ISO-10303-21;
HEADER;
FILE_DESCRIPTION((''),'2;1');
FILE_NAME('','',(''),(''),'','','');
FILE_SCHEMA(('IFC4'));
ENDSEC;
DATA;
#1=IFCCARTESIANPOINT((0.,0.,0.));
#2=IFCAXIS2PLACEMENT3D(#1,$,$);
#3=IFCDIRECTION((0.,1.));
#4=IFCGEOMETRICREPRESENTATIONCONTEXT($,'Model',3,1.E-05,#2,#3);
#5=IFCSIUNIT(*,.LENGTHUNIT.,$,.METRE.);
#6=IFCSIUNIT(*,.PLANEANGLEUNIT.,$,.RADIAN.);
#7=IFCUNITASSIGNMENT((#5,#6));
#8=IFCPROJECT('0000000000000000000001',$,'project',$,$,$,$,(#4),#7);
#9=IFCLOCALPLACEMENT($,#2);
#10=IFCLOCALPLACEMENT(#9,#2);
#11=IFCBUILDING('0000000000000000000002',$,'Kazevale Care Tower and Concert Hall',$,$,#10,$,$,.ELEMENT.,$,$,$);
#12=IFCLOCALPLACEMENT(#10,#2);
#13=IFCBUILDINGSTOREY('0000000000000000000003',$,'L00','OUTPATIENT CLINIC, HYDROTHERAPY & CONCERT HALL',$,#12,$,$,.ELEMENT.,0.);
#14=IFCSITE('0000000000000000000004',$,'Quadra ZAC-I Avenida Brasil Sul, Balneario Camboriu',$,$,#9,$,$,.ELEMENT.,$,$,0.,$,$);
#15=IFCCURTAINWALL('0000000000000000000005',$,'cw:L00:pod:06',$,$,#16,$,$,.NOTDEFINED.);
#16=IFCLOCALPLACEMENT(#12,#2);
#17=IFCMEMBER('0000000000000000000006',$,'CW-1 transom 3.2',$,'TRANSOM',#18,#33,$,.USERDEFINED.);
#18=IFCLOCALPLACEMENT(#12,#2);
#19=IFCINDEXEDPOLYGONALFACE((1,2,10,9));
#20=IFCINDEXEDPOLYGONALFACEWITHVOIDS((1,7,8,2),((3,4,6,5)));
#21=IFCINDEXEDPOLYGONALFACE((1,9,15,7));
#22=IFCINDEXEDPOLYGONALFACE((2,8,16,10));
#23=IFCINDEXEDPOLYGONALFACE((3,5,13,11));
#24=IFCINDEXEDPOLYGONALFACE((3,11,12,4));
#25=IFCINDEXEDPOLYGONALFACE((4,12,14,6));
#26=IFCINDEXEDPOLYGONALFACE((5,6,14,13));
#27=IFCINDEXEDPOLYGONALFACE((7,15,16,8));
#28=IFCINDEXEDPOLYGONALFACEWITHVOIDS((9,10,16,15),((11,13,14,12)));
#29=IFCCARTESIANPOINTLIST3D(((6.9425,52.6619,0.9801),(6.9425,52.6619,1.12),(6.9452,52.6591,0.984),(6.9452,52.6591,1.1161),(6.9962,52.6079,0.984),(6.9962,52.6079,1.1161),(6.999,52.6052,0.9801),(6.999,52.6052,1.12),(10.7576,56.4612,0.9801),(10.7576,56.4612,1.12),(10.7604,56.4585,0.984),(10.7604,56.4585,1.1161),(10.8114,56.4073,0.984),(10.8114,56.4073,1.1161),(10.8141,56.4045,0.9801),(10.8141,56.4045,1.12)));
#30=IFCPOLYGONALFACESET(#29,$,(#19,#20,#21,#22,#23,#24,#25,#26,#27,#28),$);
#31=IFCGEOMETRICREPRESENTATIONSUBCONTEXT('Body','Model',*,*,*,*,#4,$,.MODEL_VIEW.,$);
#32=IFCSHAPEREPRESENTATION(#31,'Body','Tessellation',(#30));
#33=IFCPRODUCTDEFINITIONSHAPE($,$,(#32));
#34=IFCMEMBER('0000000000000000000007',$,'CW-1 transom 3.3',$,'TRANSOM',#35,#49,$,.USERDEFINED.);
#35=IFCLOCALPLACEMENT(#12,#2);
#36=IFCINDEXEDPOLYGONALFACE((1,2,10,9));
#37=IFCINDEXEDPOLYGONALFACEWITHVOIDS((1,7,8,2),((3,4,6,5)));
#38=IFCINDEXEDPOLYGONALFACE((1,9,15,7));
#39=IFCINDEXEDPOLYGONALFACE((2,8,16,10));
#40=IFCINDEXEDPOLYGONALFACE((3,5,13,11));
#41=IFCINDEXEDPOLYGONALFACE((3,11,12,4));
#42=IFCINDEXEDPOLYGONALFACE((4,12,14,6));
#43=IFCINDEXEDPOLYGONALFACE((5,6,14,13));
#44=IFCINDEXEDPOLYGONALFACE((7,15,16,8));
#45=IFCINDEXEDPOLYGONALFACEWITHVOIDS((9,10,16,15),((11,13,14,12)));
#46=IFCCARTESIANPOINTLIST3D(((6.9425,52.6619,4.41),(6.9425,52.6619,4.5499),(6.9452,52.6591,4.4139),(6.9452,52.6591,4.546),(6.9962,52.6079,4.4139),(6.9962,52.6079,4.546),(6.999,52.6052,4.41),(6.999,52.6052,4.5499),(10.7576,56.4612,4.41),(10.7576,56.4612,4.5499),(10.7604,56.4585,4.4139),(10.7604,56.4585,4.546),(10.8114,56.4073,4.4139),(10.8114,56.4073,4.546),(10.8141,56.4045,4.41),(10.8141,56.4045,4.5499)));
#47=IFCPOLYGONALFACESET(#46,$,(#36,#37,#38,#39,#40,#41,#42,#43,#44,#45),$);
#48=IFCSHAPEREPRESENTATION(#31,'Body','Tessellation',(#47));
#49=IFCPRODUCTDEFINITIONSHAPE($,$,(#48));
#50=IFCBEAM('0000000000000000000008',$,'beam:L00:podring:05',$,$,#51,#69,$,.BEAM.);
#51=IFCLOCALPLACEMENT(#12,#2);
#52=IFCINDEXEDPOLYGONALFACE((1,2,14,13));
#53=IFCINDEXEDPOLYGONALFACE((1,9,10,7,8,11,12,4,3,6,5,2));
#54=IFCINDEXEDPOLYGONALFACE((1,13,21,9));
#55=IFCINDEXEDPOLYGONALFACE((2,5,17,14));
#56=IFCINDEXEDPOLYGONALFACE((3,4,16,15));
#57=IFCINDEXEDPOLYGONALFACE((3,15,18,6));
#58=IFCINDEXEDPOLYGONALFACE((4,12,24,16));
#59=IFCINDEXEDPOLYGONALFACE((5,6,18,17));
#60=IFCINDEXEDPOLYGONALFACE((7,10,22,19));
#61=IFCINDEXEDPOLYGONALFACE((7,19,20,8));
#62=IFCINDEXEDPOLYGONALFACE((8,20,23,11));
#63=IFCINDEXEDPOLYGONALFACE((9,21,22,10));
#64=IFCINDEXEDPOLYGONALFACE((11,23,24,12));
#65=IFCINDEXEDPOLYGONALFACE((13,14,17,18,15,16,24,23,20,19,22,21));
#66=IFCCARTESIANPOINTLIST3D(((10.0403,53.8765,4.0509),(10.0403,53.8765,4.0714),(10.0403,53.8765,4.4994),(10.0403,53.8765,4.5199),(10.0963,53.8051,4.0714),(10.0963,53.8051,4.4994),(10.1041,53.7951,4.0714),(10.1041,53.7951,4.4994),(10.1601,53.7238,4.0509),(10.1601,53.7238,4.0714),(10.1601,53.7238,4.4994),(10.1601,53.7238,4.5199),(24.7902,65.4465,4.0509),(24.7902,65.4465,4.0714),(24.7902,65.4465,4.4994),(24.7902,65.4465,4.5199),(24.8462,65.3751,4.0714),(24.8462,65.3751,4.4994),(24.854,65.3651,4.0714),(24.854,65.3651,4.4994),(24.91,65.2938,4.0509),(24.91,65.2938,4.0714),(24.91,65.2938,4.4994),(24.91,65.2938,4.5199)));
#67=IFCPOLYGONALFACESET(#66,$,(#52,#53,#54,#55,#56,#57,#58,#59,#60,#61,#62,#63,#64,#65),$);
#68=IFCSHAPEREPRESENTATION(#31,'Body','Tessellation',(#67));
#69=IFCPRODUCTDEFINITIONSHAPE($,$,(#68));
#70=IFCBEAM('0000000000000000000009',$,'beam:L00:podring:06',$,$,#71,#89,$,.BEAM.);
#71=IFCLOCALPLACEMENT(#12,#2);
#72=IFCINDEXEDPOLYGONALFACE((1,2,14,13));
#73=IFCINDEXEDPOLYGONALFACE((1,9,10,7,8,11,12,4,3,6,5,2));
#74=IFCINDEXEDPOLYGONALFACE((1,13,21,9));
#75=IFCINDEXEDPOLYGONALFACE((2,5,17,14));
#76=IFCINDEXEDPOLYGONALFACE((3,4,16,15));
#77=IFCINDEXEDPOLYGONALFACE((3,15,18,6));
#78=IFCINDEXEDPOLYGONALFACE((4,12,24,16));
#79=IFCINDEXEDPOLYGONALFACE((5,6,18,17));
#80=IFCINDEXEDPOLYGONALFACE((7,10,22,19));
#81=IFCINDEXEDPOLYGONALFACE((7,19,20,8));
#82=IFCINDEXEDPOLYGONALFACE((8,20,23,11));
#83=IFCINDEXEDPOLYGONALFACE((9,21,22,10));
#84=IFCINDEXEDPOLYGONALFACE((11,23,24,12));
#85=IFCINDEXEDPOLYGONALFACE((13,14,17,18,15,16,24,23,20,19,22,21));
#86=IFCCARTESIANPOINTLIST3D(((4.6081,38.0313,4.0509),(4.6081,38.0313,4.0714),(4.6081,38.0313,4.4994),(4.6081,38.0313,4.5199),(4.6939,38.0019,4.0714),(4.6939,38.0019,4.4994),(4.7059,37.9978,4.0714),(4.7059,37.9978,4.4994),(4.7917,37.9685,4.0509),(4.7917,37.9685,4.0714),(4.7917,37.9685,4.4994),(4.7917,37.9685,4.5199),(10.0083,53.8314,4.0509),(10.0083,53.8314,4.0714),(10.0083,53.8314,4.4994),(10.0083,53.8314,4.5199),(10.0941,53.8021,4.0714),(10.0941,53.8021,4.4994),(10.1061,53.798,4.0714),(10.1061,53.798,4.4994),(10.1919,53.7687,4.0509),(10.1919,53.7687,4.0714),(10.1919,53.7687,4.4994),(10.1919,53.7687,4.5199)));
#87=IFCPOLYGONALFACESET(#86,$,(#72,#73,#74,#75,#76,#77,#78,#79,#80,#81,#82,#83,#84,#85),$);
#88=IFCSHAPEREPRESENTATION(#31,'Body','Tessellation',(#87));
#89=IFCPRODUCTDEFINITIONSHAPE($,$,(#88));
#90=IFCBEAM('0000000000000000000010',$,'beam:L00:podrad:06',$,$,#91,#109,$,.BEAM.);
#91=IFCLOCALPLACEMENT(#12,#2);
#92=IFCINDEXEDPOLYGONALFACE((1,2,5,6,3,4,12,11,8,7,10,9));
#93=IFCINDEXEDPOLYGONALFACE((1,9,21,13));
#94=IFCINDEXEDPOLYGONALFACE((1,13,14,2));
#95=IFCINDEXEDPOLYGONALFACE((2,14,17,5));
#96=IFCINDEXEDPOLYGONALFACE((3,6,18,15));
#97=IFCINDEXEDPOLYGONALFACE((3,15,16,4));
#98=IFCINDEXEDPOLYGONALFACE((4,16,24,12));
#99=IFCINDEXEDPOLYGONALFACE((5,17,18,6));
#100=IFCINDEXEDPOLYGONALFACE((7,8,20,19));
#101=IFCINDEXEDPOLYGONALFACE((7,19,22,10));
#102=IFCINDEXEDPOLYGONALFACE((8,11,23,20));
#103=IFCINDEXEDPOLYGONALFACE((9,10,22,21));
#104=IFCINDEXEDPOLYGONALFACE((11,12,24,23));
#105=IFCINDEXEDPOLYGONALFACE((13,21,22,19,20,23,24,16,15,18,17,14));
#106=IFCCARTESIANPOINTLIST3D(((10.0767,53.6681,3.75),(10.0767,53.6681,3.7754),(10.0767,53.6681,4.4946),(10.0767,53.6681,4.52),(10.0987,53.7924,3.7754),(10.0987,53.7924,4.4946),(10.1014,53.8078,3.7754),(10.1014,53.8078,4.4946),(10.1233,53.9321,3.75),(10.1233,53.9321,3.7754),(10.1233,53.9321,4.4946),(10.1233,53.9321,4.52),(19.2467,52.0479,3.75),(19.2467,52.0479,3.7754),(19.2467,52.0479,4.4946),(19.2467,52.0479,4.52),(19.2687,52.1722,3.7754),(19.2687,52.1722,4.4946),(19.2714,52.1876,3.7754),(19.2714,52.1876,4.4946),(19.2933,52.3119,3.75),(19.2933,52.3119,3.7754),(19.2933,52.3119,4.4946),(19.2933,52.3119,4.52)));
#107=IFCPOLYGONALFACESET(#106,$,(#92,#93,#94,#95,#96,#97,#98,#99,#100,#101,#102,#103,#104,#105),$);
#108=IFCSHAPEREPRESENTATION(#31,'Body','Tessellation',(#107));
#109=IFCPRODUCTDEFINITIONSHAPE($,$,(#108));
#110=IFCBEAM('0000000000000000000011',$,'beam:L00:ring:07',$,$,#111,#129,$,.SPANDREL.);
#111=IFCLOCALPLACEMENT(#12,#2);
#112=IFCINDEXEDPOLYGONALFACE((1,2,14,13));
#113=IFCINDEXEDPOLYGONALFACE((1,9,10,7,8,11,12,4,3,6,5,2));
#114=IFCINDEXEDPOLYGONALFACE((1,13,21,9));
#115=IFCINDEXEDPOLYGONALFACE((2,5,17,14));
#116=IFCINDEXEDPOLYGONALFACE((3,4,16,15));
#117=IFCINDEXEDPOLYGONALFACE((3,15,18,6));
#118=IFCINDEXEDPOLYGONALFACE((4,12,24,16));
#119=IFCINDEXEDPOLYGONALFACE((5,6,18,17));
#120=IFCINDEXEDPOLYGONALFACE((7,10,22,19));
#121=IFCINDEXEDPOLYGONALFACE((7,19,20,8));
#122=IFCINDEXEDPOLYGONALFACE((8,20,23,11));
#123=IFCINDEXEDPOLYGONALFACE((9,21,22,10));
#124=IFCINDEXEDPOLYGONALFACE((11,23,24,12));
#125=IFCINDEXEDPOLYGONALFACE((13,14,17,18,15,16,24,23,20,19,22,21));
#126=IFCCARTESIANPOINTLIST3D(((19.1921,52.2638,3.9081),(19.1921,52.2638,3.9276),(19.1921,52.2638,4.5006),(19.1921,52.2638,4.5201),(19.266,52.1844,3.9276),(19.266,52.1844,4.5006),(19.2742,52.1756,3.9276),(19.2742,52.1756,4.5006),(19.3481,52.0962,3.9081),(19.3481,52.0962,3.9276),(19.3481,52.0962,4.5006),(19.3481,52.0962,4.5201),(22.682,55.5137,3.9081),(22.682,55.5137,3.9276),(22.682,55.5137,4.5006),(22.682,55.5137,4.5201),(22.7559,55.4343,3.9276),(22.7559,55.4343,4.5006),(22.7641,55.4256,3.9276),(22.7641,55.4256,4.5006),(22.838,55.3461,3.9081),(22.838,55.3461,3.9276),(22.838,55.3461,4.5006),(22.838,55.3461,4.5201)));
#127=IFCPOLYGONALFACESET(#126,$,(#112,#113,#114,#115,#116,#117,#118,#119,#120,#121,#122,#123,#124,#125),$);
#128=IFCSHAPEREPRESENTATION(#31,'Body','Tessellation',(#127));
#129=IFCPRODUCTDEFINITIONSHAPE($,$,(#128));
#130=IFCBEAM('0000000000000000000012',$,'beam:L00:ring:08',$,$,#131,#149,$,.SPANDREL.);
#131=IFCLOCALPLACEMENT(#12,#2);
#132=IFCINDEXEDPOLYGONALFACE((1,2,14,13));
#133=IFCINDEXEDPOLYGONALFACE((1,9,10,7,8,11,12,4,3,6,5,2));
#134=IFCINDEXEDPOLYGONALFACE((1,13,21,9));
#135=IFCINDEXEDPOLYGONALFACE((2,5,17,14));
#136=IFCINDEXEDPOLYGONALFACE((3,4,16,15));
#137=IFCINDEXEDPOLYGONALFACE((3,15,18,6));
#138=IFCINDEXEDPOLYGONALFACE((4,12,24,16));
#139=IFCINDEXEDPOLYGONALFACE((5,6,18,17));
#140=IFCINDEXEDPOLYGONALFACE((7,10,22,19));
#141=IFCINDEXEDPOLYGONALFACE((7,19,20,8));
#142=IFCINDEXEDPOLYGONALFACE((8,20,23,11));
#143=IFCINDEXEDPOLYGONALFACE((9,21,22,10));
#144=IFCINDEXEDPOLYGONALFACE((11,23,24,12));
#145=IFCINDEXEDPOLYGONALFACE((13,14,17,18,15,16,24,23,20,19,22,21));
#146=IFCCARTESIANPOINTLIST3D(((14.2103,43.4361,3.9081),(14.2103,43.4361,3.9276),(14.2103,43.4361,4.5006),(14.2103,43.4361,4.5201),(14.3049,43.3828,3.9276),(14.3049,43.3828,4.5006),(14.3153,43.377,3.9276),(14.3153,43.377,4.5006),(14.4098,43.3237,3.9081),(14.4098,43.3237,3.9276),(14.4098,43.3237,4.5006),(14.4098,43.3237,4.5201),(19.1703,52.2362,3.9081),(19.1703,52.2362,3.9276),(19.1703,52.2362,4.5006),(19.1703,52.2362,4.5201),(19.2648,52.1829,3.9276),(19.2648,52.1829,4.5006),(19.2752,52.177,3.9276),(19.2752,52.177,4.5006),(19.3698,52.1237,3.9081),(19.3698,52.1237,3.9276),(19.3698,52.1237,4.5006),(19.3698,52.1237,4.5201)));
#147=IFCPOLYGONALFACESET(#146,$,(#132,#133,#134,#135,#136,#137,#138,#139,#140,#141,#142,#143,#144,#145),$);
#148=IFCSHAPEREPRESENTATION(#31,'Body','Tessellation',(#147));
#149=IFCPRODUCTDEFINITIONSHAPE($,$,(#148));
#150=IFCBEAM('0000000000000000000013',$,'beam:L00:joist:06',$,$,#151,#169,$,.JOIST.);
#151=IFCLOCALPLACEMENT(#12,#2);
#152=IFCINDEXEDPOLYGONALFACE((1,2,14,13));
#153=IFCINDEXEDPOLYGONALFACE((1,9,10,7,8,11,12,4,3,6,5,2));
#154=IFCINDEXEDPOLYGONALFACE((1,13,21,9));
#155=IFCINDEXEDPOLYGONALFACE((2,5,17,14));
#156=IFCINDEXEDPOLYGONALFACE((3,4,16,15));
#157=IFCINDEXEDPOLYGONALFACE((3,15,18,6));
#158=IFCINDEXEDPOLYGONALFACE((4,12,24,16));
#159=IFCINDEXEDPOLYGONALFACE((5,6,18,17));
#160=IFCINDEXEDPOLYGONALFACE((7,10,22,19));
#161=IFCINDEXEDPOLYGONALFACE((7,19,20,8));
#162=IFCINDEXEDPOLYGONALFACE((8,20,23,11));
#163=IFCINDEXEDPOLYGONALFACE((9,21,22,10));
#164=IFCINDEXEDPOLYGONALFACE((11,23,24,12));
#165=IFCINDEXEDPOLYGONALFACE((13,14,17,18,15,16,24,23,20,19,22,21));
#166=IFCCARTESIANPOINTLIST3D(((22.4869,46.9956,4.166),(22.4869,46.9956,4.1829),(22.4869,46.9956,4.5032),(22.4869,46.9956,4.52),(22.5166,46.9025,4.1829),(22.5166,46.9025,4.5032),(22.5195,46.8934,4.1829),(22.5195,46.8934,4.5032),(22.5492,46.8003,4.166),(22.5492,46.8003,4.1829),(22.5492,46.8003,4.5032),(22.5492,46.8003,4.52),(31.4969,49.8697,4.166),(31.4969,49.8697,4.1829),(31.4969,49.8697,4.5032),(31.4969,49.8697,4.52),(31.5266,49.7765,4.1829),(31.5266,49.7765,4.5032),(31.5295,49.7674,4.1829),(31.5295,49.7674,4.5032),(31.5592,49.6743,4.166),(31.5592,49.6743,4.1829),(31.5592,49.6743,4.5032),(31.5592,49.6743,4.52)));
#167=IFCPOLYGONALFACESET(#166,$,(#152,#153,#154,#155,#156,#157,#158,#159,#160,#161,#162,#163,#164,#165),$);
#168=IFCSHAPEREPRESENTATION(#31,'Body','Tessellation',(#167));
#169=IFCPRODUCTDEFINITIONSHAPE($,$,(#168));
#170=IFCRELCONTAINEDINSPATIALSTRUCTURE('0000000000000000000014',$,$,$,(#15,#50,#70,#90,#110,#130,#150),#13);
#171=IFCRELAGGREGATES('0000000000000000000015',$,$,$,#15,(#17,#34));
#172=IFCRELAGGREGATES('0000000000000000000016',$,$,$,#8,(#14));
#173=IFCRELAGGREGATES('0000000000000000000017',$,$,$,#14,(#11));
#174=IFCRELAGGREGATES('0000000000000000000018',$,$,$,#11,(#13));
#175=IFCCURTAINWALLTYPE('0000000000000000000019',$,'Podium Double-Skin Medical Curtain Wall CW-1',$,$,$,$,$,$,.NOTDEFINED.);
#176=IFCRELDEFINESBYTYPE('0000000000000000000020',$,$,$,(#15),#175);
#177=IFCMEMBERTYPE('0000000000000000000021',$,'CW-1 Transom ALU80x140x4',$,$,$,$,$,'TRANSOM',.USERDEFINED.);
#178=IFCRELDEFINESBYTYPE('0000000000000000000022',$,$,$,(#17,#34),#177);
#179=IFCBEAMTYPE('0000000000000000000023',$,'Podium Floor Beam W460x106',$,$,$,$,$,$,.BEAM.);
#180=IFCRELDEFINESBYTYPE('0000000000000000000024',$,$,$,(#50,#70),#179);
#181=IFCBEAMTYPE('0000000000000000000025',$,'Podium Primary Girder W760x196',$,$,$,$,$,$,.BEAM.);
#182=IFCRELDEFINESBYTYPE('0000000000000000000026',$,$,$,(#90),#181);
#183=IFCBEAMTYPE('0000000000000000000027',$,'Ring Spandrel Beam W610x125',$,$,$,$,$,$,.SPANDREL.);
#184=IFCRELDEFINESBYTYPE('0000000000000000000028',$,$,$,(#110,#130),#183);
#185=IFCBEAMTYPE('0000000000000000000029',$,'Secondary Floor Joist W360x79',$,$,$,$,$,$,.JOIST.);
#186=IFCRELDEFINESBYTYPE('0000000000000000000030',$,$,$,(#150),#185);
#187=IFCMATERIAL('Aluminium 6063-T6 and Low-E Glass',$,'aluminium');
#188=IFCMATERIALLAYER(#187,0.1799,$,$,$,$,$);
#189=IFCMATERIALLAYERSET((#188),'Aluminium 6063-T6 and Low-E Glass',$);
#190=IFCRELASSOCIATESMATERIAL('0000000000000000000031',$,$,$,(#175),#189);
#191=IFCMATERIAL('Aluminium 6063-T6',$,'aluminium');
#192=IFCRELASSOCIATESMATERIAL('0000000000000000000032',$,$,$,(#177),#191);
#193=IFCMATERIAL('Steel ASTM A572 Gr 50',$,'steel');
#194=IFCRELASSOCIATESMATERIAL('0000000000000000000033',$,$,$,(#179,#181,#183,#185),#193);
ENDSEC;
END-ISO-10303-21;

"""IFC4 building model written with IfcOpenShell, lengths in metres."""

from ifc_helpers import new_model, si_unit, direction, frame, origin, origin_2d, place, context, subcontext, project, spatial, hollow_rectangle, i_section, extrude, material, layer, layer_set, material_profile, profile_set, type_object, element, aggregate, save


model = new_model("IFC4")

# Units and contexts
model_context = context("Model", 3, precision=1e-05, world=origin(), true_north=direction((0.0, 1.0)))
body_context = subcontext(model_context, "Body", "Model", "MODEL_VIEW")
ifc_project = project(units=[si_unit("LENGTHUNIT", "METRE"), si_unit("PLANEANGLEUNIT", "RADIAN")], contexts=[model_context])

# Site, building, storey
site_placement = place(None, origin())
site = spatial("IfcSite", under=ifc_project, at=site_placement, Name="Quadra ZAC-I Avenida Brasil Sul, Balneario Camboriu", CompositionType="ELEMENT", RefElevation=0.0)
building_placement = place(site_placement, origin())
building = spatial("IfcBuilding", under=site, at=building_placement, Name="Kazevale Care Tower and Concert Hall", CompositionType="ELEMENT")
storey_placement = place(building_placement, origin())
storey = spatial("IfcBuildingStorey", under=building, at=storey_placement, Name="L00", Description="OUTPATIENT CLINIC, HYDROTHERAPY & CONCERT HALL", CompositionType="ELEMENT", Elevation=0.0)

# Curtain wall, members
ifc_material_1 = material(Name="Aluminium 6063-T6 and Low-E Glass", Category="aluminium")
ifc_layer_1 = layer(ifc_material_1, 0.1799)
ifc_layer_set_1 = layer_set([ifc_layer_1], Name="Aluminium 6063-T6 and Low-E Glass")
curtain_wall_type = type_object("IfcCurtainWallType", Name="Podium Double-Skin Medical Curtain Wall CW-1", PredefinedType="NOTDEFINED", material=ifc_layer_set_1)
curtain_wall_placement = place(storey_placement, origin())
curtain_wall = element("IfcCurtainWall", 1, at=curtain_wall_placement, inside=storey, type_object=curtain_wall_type, Name="cw:L00:pod:06", PredefinedType="NOTDEFINED")
ifc_material_2 = material(Name="Aluminium 6063-T6", Category="aluminium")
ifc_material_profile_1 = material_profile(ifc_material_2, hollow_rectangle(XDim=0.0801, YDim=0.1399, WallThickness=0.0039, at=origin_2d()), Name="ALU80x140x4")
ifc_profile_set_1 = profile_set([ifc_material_profile_1], Name="Aluminium 6063-T6")
member_type_1 = type_object("IfcMemberType", Name="CW-1 Transom ALU80x140x4", ElementType="TRANSOM", PredefinedType="USERDEFINED", material=ifc_profile_set_1)
member_1_placement = place(storey_placement, frame((10.7859, 56.4329, 1.05), z_axis=(-0.708579, -0.705632, 0.0), x_axis=(0.705632, -0.708579, 0.0)))
member_1 = element("IfcMember", 2, at=member_1_placement, type_object=member_type_1, Name="CW-1 transom 3.2", ObjectType="TRANSOM", PredefinedType="USERDEFINED", context=body_context, shape_type="SweptSolid", body=[
    extrude(hollow_rectangle(XDim=0.0801, YDim=0.1399, WallThickness=0.0039, at=origin_2d()), origin(), (0.0, 0.0, 1.0), 5.3843),
])
member_2_placement = place(storey_placement, frame((10.7859, 56.4329, 4.48), z_axis=(-0.708579, -0.705632, 0.0), x_axis=(0.705632, -0.708579, 0.0)))
member_2 = element("IfcMember", 3, at=member_2_placement, type_object=member_type_1, Name="CW-1 transom 3.3", ObjectType="TRANSOM", PredefinedType="USERDEFINED", context=body_context, shape_type="SweptSolid", body=[
    extrude(hollow_rectangle(XDim=0.0801, YDim=0.1399, WallThickness=0.0039, at=origin_2d()), origin(), (0.0, 0.0, 1.0), 5.3843),
])

# Beams
ifc_material_3 = material(Name="Steel ASTM A572 Gr 50", Category="steel")
ifc_material_profile_2 = material_profile(ifc_material_3, i_section(OverallWidth=0.1941, OverallDepth=0.469, WebThickness=0.0127, FlangeThickness=0.0205, at=origin_2d()), Name="W460x106")
ifc_profile_set_2 = profile_set([ifc_material_profile_2], Name="Steel ASTM A572 Gr 50")
beam_type_1 = type_object("IfcBeamType", Name="Podium Floor Beam W460x106", PredefinedType="BEAM", material=ifc_profile_set_2)
beam_1_placement = place(storey_placement, frame((24.8501, 65.3701, 4.2854), z_axis=(-0.786816, -0.617188, 0.0), x_axis=(0.617188, -0.786816, 0.0)))
element("IfcBeam", 4, at=beam_1_placement, inside=storey, type_object=beam_type_1, Name="beam:L00:podring:05", PredefinedType="BEAM", context=body_context, shape_type="SweptSolid", body=[
    extrude(i_section(OverallWidth=0.1941, OverallDepth=0.469, WebThickness=0.0127, FlangeThickness=0.0205, at=origin_2d()), origin(), (0.0, 0.0, 1.0), 18.7463),
])
beam_2_placement = place(storey_placement, frame((10.1001, 53.8, 4.2854), z_axis=(-0.323412, -0.946258, 0.0), x_axis=(0.946258, -0.323412, 0.0)))
element("IfcBeam", 5, at=beam_2_placement, inside=storey, type_object=beam_type_1, Name="beam:L00:podring:06", PredefinedType="BEAM", context=body_context, shape_type="SweptSolid", body=[
    extrude(i_section(OverallWidth=0.1941, OverallDepth=0.469, WebThickness=0.0127, FlangeThickness=0.0205, at=origin_2d()), origin(), (0.0, 0.0, 1.0), 16.6975),
])
ifc_material_profile_3 = material_profile(ifc_material_3, i_section(OverallWidth=0.2681, OverallDepth=0.77, WebThickness=0.0156, FlangeThickness=0.0254, at=origin_2d()), Name="W760x196")
ifc_profile_set_3 = profile_set([ifc_material_profile_3], Name="Steel ASTM A572 Gr 50")
beam_type_2 = type_object("IfcBeamType", Name="Podium Primary Girder W760x196", PredefinedType="BEAM", material=ifc_profile_set_3)
beam_3_placement = place(storey_placement, frame((19.27, 52.1799, 4.135), z_axis=(-0.984749, 0.173983, 0.0), x_axis=(-0.173983, -0.984749, 0.0)))
element("IfcBeam", 6, at=beam_3_placement, inside=storey, type_object=beam_type_2, Name="beam:L00:podrad:06", PredefinedType="BEAM", context=body_context, shape_type="SweptSolid", body=[
    extrude(i_section(OverallWidth=0.2681, OverallDepth=0.77, WebThickness=0.0156, FlangeThickness=0.0254, at=origin_2d()), origin(), (0.0, 0.0, 1.0), 9.312),
])
ifc_material_profile_4 = material_profile(ifc_material_3, i_section(OverallWidth=0.229, OverallDepth=0.6121, WebThickness=0.012, FlangeThickness=0.0195, at=origin_2d()), Name="W610x125")
ifc_profile_set_4 = profile_set([ifc_material_profile_4], Name="Steel ASTM A572 Gr 50")
beam_type_3 = type_object("IfcBeamType", Name="Ring Spandrel Beam W610x125", PredefinedType="SPANDREL", material=ifc_profile_set_4)
beam_4_placement = place(storey_placement, frame((22.76, 55.4299, 4.2141), z_axis=(-0.731821, -0.681497, 0.0), x_axis=(0.681497, -0.731821, 0.0)))
element("IfcBeam", 7, at=beam_4_placement, inside=storey, type_object=beam_type_3, Name="beam:L00:ring:07", PredefinedType="SPANDREL", context=body_context, shape_type="SweptSolid", body=[
    extrude(i_section(OverallWidth=0.229, OverallDepth=0.6121, WebThickness=0.012, FlangeThickness=0.0195, at=origin_2d()), origin(), (0.0, 0.0, 1.0), 4.7688),
])
beam_5_placement = place(storey_placement, frame((19.27, 52.1799, 4.2141), z_axis=(-0.491008, -0.871155, 0.0), x_axis=(0.871155, -0.491008, 0.0)))
element("IfcBeam", 8, at=beam_5_placement, inside=storey, type_object=beam_type_3, Name="beam:L00:ring:08", PredefinedType="SPANDREL", context=body_context, shape_type="SweptSolid", body=[
    extrude(i_section(OverallWidth=0.229, OverallDepth=0.6121, WebThickness=0.012, FlangeThickness=0.0195, at=origin_2d()), origin(), (0.0, 0.0, 1.0), 10.1016),
])
ifc_material_profile_5 = material_profile(ifc_material_3, i_section(OverallWidth=0.2051, OverallDepth=0.354, WebThickness=0.0095, FlangeThickness=0.0168, at=origin_2d()), Name="W360x79")
ifc_profile_set_5 = profile_set([ifc_material_profile_5], Name="Steel ASTM A572 Gr 50")
beam_type_4 = type_object("IfcBeamType", Name="Secondary Floor Joist W360x79", PredefinedType="JOIST", material=ifc_profile_set_5)
beam_6_placement = place(storey_placement, frame((31.5281, 49.772, 4.343), z_axis=(-0.952705, -0.303895, 0.0), x_axis=(0.303895, -0.952705, 0.0)))
element("IfcBeam", 9, at=beam_6_placement, inside=storey, type_object=beam_type_4, Name="beam:L00:joist:06", PredefinedType="JOIST", context=body_context, shape_type="SweptSolid", body=[
    extrude(i_section(OverallWidth=0.2051, OverallDepth=0.354, WebThickness=0.0095, FlangeThickness=0.0168, at=origin_2d()), origin(), (0.0, 0.0, 1.0), 9.4573),
])

aggregate(curtain_wall, [member_1, member_2])

save(model, "model.ifc")
